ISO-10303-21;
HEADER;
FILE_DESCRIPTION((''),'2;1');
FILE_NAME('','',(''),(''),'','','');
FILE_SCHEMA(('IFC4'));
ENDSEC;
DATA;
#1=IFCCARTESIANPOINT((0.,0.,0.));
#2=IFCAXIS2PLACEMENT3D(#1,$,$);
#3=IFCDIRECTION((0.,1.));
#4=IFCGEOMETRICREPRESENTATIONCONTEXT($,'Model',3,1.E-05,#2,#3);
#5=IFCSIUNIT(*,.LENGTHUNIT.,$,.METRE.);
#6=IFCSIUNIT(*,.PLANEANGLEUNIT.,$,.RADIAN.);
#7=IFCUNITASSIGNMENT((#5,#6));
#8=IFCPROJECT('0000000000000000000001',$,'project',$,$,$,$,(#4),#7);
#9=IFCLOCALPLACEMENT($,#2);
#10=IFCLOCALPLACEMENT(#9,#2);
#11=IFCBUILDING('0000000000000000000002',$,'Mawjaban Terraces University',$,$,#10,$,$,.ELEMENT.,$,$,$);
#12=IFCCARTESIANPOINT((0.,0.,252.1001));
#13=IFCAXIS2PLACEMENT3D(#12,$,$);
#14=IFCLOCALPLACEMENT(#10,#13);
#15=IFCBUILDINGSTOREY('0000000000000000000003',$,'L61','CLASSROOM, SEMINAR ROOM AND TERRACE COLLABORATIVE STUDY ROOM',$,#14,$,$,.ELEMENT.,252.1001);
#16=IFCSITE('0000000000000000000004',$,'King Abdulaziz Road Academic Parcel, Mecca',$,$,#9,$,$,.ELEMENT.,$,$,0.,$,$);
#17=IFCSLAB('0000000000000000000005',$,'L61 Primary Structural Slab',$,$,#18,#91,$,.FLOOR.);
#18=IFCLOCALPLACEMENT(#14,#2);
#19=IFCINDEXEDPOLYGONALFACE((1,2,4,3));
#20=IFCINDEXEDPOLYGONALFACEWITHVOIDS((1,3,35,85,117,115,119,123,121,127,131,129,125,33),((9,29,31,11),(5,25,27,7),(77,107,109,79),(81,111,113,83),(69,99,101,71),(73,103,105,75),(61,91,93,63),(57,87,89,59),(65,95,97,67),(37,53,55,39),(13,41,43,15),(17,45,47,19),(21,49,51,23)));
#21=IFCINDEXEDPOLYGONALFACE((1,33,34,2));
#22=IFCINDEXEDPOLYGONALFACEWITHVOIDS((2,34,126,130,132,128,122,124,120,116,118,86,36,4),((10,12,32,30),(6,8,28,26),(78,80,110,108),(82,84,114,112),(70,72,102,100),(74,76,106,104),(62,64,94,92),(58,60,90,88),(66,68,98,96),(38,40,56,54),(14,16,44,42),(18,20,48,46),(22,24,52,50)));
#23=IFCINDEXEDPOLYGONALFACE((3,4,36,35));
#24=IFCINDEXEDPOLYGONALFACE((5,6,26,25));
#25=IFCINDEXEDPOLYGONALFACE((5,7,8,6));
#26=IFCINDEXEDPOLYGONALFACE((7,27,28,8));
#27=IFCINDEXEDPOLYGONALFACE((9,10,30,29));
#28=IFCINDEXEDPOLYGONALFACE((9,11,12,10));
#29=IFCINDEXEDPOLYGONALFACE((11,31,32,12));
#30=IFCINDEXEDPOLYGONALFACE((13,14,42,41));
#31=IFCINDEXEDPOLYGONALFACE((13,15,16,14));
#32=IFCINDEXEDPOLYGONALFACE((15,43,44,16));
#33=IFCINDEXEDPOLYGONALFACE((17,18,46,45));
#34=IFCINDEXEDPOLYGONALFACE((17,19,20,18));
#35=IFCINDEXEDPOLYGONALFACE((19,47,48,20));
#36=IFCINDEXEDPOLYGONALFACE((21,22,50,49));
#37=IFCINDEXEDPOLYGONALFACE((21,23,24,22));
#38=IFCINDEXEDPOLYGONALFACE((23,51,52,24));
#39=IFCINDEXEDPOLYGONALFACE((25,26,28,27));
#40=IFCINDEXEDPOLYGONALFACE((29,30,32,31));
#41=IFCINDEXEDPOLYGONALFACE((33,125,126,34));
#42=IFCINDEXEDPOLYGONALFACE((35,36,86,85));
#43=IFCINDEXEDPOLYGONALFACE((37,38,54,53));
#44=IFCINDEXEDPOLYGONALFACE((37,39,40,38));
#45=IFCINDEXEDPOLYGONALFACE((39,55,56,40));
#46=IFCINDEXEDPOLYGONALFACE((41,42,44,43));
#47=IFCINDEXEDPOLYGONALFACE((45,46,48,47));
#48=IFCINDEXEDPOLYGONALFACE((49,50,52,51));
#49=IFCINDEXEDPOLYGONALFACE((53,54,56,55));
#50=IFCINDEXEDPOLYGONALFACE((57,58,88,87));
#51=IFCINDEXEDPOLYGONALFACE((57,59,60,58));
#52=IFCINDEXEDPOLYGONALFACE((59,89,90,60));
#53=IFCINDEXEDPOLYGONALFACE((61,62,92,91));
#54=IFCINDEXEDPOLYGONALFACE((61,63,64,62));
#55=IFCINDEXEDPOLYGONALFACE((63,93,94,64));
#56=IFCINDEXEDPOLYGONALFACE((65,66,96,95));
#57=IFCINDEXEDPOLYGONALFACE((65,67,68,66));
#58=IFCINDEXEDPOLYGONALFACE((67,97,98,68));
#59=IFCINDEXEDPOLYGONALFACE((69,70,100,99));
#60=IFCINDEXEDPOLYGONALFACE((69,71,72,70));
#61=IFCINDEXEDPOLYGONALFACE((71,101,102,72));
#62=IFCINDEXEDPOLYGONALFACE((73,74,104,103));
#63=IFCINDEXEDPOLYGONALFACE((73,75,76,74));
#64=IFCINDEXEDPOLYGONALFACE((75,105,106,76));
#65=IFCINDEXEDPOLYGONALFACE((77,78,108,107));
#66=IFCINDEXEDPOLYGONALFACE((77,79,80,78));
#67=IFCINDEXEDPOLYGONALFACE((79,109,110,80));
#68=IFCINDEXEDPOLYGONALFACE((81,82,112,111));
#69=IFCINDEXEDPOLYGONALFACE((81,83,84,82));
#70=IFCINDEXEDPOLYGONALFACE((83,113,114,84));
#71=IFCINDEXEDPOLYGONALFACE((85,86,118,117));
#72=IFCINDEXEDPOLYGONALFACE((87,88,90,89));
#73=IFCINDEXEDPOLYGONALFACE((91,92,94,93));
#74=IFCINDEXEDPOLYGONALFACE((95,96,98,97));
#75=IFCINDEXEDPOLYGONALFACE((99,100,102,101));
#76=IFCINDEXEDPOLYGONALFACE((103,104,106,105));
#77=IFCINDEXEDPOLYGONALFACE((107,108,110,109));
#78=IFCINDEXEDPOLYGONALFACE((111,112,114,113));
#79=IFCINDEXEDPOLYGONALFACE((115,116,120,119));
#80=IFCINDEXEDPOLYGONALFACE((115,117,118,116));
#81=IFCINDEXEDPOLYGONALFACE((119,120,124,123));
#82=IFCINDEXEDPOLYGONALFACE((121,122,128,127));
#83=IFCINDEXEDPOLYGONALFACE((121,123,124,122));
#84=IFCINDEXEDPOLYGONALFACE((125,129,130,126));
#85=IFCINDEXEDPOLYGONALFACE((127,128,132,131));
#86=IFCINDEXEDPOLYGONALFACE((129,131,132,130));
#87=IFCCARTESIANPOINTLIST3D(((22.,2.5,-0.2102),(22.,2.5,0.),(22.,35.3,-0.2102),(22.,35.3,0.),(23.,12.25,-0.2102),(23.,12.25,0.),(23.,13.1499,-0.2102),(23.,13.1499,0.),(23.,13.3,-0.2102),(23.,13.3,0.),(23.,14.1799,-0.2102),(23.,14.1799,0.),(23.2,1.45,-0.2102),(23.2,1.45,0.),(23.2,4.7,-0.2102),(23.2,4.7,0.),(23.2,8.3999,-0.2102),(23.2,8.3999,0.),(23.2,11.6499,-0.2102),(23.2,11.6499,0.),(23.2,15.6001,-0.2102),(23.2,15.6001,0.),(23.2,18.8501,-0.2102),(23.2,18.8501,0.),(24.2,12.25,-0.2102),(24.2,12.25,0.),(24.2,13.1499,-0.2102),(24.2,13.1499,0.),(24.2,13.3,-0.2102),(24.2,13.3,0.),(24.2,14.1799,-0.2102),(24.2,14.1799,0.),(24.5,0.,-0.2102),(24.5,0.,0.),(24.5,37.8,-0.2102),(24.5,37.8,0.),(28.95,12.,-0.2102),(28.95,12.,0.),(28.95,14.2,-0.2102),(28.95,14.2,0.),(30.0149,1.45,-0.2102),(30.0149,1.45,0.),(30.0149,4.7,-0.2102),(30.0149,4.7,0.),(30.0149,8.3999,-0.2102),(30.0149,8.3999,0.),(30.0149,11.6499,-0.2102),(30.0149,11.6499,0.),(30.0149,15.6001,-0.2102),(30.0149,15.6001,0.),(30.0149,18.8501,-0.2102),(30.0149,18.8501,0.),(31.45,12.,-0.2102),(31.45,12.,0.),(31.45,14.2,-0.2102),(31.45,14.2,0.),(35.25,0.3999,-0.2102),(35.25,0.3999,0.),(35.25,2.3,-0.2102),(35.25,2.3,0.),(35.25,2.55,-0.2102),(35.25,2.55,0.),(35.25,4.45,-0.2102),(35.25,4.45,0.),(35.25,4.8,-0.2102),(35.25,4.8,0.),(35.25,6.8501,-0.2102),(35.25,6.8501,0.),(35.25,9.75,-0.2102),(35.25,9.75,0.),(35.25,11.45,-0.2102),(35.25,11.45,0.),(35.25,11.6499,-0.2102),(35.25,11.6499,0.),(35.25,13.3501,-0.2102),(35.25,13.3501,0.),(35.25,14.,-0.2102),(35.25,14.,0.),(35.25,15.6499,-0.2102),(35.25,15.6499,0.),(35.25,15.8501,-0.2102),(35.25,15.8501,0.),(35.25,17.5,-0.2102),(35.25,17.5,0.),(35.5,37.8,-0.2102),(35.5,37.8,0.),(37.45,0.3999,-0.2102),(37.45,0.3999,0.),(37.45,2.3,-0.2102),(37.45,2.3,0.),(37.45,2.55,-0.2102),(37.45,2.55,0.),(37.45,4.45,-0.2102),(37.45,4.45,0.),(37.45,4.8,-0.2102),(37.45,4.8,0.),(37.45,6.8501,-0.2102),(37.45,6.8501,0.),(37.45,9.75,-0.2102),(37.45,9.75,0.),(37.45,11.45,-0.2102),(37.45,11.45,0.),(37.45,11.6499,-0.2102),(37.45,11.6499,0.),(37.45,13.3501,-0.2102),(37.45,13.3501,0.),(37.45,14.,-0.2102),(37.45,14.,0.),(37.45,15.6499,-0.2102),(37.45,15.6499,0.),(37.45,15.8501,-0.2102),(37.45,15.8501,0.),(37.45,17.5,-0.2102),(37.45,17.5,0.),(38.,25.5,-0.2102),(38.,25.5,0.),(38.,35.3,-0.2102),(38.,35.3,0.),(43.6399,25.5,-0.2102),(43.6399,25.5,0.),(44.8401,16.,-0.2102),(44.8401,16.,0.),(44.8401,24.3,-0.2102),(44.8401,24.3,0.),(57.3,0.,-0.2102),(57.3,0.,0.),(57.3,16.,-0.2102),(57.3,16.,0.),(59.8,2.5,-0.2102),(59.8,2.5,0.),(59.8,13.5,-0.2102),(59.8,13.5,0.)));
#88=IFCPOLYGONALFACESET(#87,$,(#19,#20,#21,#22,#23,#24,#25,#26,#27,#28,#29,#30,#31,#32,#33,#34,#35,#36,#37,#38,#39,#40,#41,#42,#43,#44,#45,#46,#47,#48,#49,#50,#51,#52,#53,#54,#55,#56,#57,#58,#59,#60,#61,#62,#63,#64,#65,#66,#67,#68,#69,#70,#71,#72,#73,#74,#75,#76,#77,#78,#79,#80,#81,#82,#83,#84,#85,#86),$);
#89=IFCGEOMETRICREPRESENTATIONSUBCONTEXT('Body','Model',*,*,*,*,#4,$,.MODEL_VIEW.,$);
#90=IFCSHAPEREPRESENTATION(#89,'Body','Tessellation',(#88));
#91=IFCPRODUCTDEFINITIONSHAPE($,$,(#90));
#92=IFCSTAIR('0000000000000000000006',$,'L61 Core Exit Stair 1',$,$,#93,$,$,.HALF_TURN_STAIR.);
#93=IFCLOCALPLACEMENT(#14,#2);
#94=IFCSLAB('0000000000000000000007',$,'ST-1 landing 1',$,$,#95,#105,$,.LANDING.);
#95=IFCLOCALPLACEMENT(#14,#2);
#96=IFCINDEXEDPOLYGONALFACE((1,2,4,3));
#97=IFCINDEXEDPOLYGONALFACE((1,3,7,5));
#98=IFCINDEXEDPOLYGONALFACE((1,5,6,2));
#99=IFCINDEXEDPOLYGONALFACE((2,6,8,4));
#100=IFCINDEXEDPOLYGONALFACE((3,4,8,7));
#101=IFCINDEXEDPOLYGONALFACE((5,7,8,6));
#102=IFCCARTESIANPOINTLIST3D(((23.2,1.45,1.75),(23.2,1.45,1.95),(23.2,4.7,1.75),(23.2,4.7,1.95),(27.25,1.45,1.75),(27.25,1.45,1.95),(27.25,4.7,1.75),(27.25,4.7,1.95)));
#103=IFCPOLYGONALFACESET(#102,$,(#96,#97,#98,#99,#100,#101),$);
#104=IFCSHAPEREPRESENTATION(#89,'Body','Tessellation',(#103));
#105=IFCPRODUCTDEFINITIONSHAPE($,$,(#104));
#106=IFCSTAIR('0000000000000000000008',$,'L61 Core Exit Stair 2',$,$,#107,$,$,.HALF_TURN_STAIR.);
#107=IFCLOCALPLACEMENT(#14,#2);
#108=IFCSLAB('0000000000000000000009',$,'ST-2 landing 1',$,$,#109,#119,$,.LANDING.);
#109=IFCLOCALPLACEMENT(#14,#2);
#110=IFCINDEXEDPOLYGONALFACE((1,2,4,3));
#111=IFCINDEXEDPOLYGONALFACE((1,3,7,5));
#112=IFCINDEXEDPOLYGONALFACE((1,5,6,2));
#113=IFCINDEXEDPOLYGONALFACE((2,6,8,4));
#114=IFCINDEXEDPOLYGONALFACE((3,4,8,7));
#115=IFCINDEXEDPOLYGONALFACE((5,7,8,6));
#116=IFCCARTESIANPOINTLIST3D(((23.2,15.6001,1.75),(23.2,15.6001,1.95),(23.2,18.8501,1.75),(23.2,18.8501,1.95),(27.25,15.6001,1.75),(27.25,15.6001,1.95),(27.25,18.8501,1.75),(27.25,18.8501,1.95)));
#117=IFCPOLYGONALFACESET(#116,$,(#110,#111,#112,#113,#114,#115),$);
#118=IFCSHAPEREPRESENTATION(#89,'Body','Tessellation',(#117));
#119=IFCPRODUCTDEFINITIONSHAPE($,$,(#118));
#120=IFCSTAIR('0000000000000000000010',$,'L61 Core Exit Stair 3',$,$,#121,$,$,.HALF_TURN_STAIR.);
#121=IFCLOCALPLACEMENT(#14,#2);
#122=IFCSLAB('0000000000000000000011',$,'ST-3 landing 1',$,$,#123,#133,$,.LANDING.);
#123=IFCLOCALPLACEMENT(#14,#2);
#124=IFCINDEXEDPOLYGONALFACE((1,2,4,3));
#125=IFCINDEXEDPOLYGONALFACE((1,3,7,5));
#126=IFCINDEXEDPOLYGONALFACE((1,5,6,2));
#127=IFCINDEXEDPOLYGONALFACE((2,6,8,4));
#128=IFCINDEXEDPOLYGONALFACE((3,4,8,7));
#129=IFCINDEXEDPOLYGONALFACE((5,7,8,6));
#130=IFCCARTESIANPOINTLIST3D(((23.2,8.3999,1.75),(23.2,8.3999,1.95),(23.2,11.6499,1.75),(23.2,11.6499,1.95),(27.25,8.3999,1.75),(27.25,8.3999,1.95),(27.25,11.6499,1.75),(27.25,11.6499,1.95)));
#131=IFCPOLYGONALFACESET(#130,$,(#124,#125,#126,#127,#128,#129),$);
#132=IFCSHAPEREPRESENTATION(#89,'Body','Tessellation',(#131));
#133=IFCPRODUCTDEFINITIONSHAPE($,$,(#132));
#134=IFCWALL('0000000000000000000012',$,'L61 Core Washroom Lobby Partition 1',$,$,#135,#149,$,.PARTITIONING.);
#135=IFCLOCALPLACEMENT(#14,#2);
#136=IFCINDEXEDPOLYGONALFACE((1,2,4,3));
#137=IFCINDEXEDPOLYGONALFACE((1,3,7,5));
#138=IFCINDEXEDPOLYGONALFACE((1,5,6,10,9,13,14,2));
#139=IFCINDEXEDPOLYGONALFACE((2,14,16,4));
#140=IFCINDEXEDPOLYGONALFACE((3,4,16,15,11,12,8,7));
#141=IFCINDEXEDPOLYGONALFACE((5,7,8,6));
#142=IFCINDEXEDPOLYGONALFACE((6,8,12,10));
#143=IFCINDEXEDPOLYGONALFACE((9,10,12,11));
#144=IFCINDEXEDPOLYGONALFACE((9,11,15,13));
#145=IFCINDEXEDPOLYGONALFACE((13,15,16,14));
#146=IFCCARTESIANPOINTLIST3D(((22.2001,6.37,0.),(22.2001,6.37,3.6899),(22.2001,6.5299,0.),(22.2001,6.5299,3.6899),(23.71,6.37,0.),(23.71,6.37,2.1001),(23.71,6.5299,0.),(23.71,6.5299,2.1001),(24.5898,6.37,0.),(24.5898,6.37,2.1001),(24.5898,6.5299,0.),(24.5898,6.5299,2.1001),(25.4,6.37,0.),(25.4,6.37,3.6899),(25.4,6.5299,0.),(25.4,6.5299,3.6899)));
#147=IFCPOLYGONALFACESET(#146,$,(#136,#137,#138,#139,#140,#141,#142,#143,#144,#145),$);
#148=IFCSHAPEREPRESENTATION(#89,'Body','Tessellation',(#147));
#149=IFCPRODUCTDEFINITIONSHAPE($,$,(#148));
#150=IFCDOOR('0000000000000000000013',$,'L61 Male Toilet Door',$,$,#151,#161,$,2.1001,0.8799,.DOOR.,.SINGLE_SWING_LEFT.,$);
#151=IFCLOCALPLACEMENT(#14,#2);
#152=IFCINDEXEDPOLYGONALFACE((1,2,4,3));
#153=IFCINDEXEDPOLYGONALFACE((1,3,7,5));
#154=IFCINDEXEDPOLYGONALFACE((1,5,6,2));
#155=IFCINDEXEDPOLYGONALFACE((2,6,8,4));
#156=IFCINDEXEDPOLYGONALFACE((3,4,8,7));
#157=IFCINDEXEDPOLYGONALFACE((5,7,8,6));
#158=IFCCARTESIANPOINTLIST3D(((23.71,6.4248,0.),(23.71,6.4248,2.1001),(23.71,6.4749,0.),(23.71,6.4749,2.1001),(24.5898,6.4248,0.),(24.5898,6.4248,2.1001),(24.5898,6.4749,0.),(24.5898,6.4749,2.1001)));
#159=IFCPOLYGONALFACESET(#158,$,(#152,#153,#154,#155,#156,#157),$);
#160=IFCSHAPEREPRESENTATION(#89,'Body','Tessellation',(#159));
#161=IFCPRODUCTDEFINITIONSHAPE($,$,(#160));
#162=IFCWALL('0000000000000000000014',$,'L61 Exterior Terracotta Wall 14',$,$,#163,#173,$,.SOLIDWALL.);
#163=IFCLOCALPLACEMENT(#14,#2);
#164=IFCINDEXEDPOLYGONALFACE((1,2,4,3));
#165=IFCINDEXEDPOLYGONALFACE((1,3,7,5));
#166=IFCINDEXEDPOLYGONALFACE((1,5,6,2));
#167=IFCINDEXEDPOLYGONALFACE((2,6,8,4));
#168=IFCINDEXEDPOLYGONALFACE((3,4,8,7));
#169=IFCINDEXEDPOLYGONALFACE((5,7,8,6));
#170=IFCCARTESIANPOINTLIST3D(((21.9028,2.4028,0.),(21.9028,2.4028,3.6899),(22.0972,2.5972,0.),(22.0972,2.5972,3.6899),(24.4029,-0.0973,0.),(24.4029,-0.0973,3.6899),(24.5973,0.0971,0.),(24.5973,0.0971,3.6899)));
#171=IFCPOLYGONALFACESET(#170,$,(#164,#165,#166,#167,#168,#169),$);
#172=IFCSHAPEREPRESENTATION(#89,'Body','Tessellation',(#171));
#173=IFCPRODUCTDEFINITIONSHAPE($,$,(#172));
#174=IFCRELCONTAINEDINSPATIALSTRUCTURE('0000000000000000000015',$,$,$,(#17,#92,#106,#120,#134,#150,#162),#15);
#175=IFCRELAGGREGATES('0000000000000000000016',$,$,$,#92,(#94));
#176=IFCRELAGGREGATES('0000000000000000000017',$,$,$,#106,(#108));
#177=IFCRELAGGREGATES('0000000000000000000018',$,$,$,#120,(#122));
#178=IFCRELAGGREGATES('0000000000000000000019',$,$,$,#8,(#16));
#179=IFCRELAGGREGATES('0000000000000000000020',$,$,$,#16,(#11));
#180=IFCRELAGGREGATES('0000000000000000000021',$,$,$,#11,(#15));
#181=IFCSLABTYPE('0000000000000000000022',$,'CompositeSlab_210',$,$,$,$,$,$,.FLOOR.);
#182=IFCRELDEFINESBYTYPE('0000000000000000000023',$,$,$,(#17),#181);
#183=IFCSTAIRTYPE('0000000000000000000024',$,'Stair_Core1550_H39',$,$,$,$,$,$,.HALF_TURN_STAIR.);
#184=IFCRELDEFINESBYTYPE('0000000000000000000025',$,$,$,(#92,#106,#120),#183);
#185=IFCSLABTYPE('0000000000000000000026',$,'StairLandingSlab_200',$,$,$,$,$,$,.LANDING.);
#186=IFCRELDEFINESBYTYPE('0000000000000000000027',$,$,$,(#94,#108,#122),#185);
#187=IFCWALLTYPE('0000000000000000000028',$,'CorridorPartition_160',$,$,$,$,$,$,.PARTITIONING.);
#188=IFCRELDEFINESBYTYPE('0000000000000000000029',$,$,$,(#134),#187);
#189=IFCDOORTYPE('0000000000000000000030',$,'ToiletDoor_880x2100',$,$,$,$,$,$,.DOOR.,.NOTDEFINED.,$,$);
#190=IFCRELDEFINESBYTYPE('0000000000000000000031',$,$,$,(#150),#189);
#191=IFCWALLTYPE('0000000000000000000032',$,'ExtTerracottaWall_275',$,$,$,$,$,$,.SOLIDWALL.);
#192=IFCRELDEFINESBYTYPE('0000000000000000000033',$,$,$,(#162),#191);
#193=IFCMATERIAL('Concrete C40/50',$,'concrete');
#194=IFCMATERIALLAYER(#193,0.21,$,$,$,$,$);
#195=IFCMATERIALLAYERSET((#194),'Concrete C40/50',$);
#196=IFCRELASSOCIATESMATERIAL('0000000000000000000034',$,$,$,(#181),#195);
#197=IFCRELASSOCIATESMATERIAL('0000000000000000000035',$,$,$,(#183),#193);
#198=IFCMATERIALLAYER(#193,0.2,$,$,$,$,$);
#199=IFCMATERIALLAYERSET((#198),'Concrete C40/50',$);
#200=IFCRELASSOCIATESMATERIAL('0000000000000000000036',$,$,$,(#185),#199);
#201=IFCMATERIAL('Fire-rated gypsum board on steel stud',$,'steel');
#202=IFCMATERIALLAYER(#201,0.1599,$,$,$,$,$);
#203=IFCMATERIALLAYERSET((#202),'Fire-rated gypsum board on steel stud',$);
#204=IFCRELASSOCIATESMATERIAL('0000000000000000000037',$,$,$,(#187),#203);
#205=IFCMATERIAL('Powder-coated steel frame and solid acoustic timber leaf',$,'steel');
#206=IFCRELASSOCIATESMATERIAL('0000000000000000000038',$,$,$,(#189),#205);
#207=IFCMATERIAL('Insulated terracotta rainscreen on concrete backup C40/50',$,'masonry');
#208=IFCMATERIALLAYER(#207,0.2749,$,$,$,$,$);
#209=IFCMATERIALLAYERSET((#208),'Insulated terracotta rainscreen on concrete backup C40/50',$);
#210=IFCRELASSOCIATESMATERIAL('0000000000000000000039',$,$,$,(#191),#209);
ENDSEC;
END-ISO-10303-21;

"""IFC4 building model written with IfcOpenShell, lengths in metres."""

from ifc_helpers import new_model, si_unit, direction, frame, frame_2d, origin, place, context, subcontext, project, spatial, polyline, rectangle, outline, extrude, material, layer, layer_set, type_object, element, fill, aggregate, save


model = new_model("IFC4")

# Units and contexts
model_context = context("Model", 3, precision=1e-05, world=origin(), true_north=direction((0.0, 1.0)))
body_context = subcontext(model_context, "Body", "Model", "MODEL_VIEW")
ifc_project = project(units=[si_unit("LENGTHUNIT", "METRE"), si_unit("PLANEANGLEUNIT", "RADIAN")], contexts=[model_context])

# Site, building, storey
site_placement = place(None, origin())
site = spatial("IfcSite", under=ifc_project, at=site_placement, Name="King Abdulaziz Road Academic Parcel, Mecca", CompositionType="ELEMENT", RefElevation=0.0)
building_placement = place(site_placement, origin())
building = spatial("IfcBuilding", under=site, at=building_placement, Name="Mawjaban Terraces University", CompositionType="ELEMENT")
storey_placement = place(building_placement, frame((0.0, 0.0, 252.1001)))
storey = spatial("IfcBuildingStorey", under=building, at=storey_placement, Name="L61", Description="CLASSROOM, SEMINAR ROOM AND TERRACE COLLABORATIVE STUDY ROOM", CompositionType="ELEMENT", Elevation=252.1001)

# Slab
ifc_material_1 = material(Name="Concrete C40/50", Category="concrete")
ifc_layer_1 = layer(ifc_material_1, 0.21)
ifc_layer_set_1 = layer_set([ifc_layer_1], Name="Concrete C40/50")
slab_type_1 = type_object("IfcSlabType", Name="CompositeSlab_210", PredefinedType="FLOOR", material=ifc_layer_set_1)
slab_1_placement = place(storey_placement, frame((0.0, 0.0, -0.2102)))
element("IfcSlab", 1, at=slab_1_placement, inside=storey, type_object=slab_type_1, Name="L61 Primary Structural Slab", PredefinedType="FLOOR", context=body_context, shape_type="SweptSolid", body=[
    extrude(outline(polyline([(24.5, 0.0), (57.3, 0.0), (59.8, 2.5), (59.8, 13.5), (57.3, 16.0), (44.8401, 16.0), (44.8401, 24.3), (43.6399, 25.5), (38.0, 25.5), (38.0, 35.3), (35.5, 37.8), (24.5, 37.8), (22.0, 35.3), (22.0, 2.5), (24.5, 0.0)]), holes=[polyline([(30.0149, 4.7), (23.2, 4.7), (23.2, 1.45), (30.0149, 1.45), (30.0149, 4.7)]), polyline([(30.0149, 18.8501), (23.2, 18.8501), (23.2, 15.6001), (30.0149, 15.6001), (30.0149, 18.8501)]), polyline([(30.0149, 11.6499), (23.2, 11.6499), (23.2, 8.3999), (30.0149, 8.3999), (30.0149, 11.6499)]), polyline([(35.25, 0.3999), (37.45, 0.3999), (37.45, 2.3), (35.25, 2.3), (35.25, 0.3999)]), polyline([(35.25, 2.55), (37.45, 2.55), (37.45, 4.45), (35.25, 4.45), (35.25, 2.55)]), polyline([(35.25, 4.8), (37.45, 4.8), (37.45, 6.8501), (35.25, 6.8501), (35.25, 4.8)]), polyline([(35.25, 9.75), (37.45, 9.75), (37.45, 11.45), (35.25, 11.45), (35.25, 9.75)]), polyline([(35.25, 11.6499), (37.45, 11.6499), (37.45, 13.3501), (35.25, 13.3501), (35.25, 11.6499)]), polyline([(28.95, 12.0), (31.45, 12.0), (31.45, 14.2), (28.95, 14.2), (28.95, 12.0)]), polyline([(35.25, 14.0), (37.45, 14.0), (37.45, 15.6499), (35.25, 15.6499), (35.25, 14.0)]), polyline([(35.25, 15.8501), (37.45, 15.8501), (37.45, 17.5), (35.25, 17.5), (35.25, 15.8501)]), polyline([(23.0, 12.25), (24.2, 12.25), (24.2, 13.1499), (23.0, 13.1499), (23.0, 12.25)]), polyline([(23.0, 13.3), (24.2, 13.3), (24.2, 14.1799), (23.0, 14.1799), (23.0, 13.3)])]), origin(), (0.0, 0.0, 1.0), 0.2102),
])

# Stairs, slabs
stair_type = type_object("IfcStairType", Name="Stair_Core1550_H39", PredefinedType="HALF_TURN_STAIR", material=ifc_material_1)
stair_1_placement = place(storey_placement, origin())
stair_1 = element("IfcStair", 2, at=stair_1_placement, inside=storey, type_object=stair_type, Name="L61 Core Exit Stair 1", PredefinedType="HALF_TURN_STAIR")
ifc_layer_2 = layer(ifc_material_1, 0.2)
ifc_layer_set_2 = layer_set([ifc_layer_2], Name="Concrete C40/50")
slab_type_2 = type_object("IfcSlabType", Name="StairLandingSlab_200", PredefinedType="LANDING", material=ifc_layer_set_2)
slab_2_placement = place(storey_placement, frame((0.0, 0.0, 1.75)))
slab_2 = element("IfcSlab", 3, at=slab_2_placement, type_object=slab_type_2, Name="ST-1 landing 1", PredefinedType="LANDING", context=body_context, shape_type="SweptSolid", body=[
    extrude(outline(polyline([(27.25, 4.7), (23.2, 4.7), (23.2, 1.45), (27.25, 1.45), (27.25, 4.7)])), origin(), (0.0, 0.0, 1.0), 0.2),
])
aggregate(stair_1, [slab_2])
stair_2_placement = place(storey_placement, origin())
stair_2 = element("IfcStair", 4, at=stair_2_placement, inside=storey, type_object=stair_type, Name="L61 Core Exit Stair 2", PredefinedType="HALF_TURN_STAIR")
slab_3_placement = place(storey_placement, frame((0.0, 0.0, 1.75)))
slab_3 = element("IfcSlab", 5, at=slab_3_placement, type_object=slab_type_2, Name="ST-2 landing 1", PredefinedType="LANDING", context=body_context, shape_type="SweptSolid", body=[
    extrude(outline(polyline([(27.25, 18.8501), (23.2, 18.8501), (23.2, 15.6001), (27.25, 15.6001), (27.25, 18.8501)])), origin(), (0.0, 0.0, 1.0), 0.2),
])
aggregate(stair_2, [slab_3])
stair_3_placement = place(storey_placement, origin())
stair_3 = element("IfcStair", 6, at=stair_3_placement, inside=storey, type_object=stair_type, Name="L61 Core Exit Stair 3", PredefinedType="HALF_TURN_STAIR")
slab_4_placement = place(storey_placement, frame((0.0, 0.0, 1.75)))
slab_4 = element("IfcSlab", 7, at=slab_4_placement, type_object=slab_type_2, Name="ST-3 landing 1", PredefinedType="LANDING", context=body_context, shape_type="SweptSolid", body=[
    extrude(outline(polyline([(27.25, 11.6499), (23.2, 11.6499), (23.2, 8.3999), (27.25, 8.3999), (27.25, 11.6499)])), origin(), (0.0, 0.0, 1.0), 0.2),
])
aggregate(stair_3, [slab_4])

# Wall, opening, door
ifc_material_2 = material(Name="Fire-rated gypsum board on steel stud", Category="steel")
ifc_layer_3 = layer(ifc_material_2, 0.1599)
ifc_layer_set_3 = layer_set([ifc_layer_3], Name="Fire-rated gypsum board on steel stud")
wall_type_1 = type_object("IfcWallType", Name="CorridorPartition_160", PredefinedType="PARTITIONING", material=ifc_layer_set_3)
wall_1_placement = place(storey_placement, frame((22.2, 6.45, 0.0), z_axis=(0.0, 0.0, 1.0), x_axis=(1.0, 0.0, 0.0)))
wall_1 = element("IfcWall", 8, at=wall_1_placement, inside=storey, type_object=wall_type_1, Name="L61 Core Washroom Lobby Partition 1", PredefinedType="PARTITIONING", context=body_context, shape_type="SweptSolid", body=[
    extrude(rectangle(XDim=3.2, YDim=0.1599, at=frame_2d((1.6001, 0.0))), origin(), (0.0, 0.0, 1.0), 3.6899),
])
opening_placement = place(wall_1_placement, frame((1.51, 0.0, 0.0)))
opening = element("IfcOpeningElement", 9, at=opening_placement, cuts=wall_1, PredefinedType="OPENING", context=body_context, shape_type="SweptSolid", body=[
    extrude(rectangle(XDim=0.8799, YDim=2.1001, at=frame_2d((0.4399, 1.05))), frame((0.0, 0.0898, 0.0), z_axis=(0.0, -1.0, 0.0), x_axis=(1.0, 0.0, 0.0)), (0.0, 0.0, 1.0), 0.1799),
])
ifc_material_3 = material(Name="Powder-coated steel frame and solid acoustic timber leaf", Category="steel")
door_type = type_object("IfcDoorType", Name="ToiletDoor_880x2100", OperationType="NOTDEFINED", PredefinedType="DOOR", material=ifc_material_3)
door_placement = place(opening_placement, origin())
door = element("IfcDoor", 10, at=door_placement, inside=storey, type_object=door_type, Name="L61 Male Toilet Door", OperationType="SINGLE_SWING_LEFT", OverallHeight=2.1001, OverallWidth=0.8799, PredefinedType="DOOR", context=body_context, shape_type="SweptSolid", body=[
    extrude(rectangle(XDim=0.8799, YDim=2.1001, at=frame_2d((0.4399, 1.05))), frame((0.0, 0.0249, 0.0), z_axis=(0.0, -1.0, 0.0), x_axis=(1.0, 0.0, 0.0)), (0.0, 0.0, 1.0), 0.05),
])
fill(opening, door)

# Wall
ifc_material_4 = material(Name="Insulated terracotta rainscreen on concrete backup C40/50", Category="masonry")
ifc_layer_4 = layer(ifc_material_4, 0.2749)
ifc_layer_set_4 = layer_set([ifc_layer_4], Name="Insulated terracotta rainscreen on concrete backup C40/50")
wall_type_2 = type_object("IfcWallType", Name="ExtTerracottaWall_275", PredefinedType="SOLIDWALL", material=ifc_layer_set_4)
wall_2_placement = place(storey_placement, frame((22.0, 2.5, 0.0), z_axis=(0.0, 0.0, 1.0), x_axis=(0.707107, -0.707107, 0.0)))
element("IfcWall", 11, at=wall_2_placement, inside=storey, type_object=wall_type_2, Name="L61 Exterior Terracotta Wall 14", PredefinedType="SOLIDWALL", context=body_context, shape_type="SweptSolid", body=[
    extrude(rectangle(XDim=3.5356, YDim=0.2749, at=frame_2d((1.7678, 0.0))), origin(), (0.0, 0.0, 1.0), 3.6899),
])

save(model, "model.ifc")
